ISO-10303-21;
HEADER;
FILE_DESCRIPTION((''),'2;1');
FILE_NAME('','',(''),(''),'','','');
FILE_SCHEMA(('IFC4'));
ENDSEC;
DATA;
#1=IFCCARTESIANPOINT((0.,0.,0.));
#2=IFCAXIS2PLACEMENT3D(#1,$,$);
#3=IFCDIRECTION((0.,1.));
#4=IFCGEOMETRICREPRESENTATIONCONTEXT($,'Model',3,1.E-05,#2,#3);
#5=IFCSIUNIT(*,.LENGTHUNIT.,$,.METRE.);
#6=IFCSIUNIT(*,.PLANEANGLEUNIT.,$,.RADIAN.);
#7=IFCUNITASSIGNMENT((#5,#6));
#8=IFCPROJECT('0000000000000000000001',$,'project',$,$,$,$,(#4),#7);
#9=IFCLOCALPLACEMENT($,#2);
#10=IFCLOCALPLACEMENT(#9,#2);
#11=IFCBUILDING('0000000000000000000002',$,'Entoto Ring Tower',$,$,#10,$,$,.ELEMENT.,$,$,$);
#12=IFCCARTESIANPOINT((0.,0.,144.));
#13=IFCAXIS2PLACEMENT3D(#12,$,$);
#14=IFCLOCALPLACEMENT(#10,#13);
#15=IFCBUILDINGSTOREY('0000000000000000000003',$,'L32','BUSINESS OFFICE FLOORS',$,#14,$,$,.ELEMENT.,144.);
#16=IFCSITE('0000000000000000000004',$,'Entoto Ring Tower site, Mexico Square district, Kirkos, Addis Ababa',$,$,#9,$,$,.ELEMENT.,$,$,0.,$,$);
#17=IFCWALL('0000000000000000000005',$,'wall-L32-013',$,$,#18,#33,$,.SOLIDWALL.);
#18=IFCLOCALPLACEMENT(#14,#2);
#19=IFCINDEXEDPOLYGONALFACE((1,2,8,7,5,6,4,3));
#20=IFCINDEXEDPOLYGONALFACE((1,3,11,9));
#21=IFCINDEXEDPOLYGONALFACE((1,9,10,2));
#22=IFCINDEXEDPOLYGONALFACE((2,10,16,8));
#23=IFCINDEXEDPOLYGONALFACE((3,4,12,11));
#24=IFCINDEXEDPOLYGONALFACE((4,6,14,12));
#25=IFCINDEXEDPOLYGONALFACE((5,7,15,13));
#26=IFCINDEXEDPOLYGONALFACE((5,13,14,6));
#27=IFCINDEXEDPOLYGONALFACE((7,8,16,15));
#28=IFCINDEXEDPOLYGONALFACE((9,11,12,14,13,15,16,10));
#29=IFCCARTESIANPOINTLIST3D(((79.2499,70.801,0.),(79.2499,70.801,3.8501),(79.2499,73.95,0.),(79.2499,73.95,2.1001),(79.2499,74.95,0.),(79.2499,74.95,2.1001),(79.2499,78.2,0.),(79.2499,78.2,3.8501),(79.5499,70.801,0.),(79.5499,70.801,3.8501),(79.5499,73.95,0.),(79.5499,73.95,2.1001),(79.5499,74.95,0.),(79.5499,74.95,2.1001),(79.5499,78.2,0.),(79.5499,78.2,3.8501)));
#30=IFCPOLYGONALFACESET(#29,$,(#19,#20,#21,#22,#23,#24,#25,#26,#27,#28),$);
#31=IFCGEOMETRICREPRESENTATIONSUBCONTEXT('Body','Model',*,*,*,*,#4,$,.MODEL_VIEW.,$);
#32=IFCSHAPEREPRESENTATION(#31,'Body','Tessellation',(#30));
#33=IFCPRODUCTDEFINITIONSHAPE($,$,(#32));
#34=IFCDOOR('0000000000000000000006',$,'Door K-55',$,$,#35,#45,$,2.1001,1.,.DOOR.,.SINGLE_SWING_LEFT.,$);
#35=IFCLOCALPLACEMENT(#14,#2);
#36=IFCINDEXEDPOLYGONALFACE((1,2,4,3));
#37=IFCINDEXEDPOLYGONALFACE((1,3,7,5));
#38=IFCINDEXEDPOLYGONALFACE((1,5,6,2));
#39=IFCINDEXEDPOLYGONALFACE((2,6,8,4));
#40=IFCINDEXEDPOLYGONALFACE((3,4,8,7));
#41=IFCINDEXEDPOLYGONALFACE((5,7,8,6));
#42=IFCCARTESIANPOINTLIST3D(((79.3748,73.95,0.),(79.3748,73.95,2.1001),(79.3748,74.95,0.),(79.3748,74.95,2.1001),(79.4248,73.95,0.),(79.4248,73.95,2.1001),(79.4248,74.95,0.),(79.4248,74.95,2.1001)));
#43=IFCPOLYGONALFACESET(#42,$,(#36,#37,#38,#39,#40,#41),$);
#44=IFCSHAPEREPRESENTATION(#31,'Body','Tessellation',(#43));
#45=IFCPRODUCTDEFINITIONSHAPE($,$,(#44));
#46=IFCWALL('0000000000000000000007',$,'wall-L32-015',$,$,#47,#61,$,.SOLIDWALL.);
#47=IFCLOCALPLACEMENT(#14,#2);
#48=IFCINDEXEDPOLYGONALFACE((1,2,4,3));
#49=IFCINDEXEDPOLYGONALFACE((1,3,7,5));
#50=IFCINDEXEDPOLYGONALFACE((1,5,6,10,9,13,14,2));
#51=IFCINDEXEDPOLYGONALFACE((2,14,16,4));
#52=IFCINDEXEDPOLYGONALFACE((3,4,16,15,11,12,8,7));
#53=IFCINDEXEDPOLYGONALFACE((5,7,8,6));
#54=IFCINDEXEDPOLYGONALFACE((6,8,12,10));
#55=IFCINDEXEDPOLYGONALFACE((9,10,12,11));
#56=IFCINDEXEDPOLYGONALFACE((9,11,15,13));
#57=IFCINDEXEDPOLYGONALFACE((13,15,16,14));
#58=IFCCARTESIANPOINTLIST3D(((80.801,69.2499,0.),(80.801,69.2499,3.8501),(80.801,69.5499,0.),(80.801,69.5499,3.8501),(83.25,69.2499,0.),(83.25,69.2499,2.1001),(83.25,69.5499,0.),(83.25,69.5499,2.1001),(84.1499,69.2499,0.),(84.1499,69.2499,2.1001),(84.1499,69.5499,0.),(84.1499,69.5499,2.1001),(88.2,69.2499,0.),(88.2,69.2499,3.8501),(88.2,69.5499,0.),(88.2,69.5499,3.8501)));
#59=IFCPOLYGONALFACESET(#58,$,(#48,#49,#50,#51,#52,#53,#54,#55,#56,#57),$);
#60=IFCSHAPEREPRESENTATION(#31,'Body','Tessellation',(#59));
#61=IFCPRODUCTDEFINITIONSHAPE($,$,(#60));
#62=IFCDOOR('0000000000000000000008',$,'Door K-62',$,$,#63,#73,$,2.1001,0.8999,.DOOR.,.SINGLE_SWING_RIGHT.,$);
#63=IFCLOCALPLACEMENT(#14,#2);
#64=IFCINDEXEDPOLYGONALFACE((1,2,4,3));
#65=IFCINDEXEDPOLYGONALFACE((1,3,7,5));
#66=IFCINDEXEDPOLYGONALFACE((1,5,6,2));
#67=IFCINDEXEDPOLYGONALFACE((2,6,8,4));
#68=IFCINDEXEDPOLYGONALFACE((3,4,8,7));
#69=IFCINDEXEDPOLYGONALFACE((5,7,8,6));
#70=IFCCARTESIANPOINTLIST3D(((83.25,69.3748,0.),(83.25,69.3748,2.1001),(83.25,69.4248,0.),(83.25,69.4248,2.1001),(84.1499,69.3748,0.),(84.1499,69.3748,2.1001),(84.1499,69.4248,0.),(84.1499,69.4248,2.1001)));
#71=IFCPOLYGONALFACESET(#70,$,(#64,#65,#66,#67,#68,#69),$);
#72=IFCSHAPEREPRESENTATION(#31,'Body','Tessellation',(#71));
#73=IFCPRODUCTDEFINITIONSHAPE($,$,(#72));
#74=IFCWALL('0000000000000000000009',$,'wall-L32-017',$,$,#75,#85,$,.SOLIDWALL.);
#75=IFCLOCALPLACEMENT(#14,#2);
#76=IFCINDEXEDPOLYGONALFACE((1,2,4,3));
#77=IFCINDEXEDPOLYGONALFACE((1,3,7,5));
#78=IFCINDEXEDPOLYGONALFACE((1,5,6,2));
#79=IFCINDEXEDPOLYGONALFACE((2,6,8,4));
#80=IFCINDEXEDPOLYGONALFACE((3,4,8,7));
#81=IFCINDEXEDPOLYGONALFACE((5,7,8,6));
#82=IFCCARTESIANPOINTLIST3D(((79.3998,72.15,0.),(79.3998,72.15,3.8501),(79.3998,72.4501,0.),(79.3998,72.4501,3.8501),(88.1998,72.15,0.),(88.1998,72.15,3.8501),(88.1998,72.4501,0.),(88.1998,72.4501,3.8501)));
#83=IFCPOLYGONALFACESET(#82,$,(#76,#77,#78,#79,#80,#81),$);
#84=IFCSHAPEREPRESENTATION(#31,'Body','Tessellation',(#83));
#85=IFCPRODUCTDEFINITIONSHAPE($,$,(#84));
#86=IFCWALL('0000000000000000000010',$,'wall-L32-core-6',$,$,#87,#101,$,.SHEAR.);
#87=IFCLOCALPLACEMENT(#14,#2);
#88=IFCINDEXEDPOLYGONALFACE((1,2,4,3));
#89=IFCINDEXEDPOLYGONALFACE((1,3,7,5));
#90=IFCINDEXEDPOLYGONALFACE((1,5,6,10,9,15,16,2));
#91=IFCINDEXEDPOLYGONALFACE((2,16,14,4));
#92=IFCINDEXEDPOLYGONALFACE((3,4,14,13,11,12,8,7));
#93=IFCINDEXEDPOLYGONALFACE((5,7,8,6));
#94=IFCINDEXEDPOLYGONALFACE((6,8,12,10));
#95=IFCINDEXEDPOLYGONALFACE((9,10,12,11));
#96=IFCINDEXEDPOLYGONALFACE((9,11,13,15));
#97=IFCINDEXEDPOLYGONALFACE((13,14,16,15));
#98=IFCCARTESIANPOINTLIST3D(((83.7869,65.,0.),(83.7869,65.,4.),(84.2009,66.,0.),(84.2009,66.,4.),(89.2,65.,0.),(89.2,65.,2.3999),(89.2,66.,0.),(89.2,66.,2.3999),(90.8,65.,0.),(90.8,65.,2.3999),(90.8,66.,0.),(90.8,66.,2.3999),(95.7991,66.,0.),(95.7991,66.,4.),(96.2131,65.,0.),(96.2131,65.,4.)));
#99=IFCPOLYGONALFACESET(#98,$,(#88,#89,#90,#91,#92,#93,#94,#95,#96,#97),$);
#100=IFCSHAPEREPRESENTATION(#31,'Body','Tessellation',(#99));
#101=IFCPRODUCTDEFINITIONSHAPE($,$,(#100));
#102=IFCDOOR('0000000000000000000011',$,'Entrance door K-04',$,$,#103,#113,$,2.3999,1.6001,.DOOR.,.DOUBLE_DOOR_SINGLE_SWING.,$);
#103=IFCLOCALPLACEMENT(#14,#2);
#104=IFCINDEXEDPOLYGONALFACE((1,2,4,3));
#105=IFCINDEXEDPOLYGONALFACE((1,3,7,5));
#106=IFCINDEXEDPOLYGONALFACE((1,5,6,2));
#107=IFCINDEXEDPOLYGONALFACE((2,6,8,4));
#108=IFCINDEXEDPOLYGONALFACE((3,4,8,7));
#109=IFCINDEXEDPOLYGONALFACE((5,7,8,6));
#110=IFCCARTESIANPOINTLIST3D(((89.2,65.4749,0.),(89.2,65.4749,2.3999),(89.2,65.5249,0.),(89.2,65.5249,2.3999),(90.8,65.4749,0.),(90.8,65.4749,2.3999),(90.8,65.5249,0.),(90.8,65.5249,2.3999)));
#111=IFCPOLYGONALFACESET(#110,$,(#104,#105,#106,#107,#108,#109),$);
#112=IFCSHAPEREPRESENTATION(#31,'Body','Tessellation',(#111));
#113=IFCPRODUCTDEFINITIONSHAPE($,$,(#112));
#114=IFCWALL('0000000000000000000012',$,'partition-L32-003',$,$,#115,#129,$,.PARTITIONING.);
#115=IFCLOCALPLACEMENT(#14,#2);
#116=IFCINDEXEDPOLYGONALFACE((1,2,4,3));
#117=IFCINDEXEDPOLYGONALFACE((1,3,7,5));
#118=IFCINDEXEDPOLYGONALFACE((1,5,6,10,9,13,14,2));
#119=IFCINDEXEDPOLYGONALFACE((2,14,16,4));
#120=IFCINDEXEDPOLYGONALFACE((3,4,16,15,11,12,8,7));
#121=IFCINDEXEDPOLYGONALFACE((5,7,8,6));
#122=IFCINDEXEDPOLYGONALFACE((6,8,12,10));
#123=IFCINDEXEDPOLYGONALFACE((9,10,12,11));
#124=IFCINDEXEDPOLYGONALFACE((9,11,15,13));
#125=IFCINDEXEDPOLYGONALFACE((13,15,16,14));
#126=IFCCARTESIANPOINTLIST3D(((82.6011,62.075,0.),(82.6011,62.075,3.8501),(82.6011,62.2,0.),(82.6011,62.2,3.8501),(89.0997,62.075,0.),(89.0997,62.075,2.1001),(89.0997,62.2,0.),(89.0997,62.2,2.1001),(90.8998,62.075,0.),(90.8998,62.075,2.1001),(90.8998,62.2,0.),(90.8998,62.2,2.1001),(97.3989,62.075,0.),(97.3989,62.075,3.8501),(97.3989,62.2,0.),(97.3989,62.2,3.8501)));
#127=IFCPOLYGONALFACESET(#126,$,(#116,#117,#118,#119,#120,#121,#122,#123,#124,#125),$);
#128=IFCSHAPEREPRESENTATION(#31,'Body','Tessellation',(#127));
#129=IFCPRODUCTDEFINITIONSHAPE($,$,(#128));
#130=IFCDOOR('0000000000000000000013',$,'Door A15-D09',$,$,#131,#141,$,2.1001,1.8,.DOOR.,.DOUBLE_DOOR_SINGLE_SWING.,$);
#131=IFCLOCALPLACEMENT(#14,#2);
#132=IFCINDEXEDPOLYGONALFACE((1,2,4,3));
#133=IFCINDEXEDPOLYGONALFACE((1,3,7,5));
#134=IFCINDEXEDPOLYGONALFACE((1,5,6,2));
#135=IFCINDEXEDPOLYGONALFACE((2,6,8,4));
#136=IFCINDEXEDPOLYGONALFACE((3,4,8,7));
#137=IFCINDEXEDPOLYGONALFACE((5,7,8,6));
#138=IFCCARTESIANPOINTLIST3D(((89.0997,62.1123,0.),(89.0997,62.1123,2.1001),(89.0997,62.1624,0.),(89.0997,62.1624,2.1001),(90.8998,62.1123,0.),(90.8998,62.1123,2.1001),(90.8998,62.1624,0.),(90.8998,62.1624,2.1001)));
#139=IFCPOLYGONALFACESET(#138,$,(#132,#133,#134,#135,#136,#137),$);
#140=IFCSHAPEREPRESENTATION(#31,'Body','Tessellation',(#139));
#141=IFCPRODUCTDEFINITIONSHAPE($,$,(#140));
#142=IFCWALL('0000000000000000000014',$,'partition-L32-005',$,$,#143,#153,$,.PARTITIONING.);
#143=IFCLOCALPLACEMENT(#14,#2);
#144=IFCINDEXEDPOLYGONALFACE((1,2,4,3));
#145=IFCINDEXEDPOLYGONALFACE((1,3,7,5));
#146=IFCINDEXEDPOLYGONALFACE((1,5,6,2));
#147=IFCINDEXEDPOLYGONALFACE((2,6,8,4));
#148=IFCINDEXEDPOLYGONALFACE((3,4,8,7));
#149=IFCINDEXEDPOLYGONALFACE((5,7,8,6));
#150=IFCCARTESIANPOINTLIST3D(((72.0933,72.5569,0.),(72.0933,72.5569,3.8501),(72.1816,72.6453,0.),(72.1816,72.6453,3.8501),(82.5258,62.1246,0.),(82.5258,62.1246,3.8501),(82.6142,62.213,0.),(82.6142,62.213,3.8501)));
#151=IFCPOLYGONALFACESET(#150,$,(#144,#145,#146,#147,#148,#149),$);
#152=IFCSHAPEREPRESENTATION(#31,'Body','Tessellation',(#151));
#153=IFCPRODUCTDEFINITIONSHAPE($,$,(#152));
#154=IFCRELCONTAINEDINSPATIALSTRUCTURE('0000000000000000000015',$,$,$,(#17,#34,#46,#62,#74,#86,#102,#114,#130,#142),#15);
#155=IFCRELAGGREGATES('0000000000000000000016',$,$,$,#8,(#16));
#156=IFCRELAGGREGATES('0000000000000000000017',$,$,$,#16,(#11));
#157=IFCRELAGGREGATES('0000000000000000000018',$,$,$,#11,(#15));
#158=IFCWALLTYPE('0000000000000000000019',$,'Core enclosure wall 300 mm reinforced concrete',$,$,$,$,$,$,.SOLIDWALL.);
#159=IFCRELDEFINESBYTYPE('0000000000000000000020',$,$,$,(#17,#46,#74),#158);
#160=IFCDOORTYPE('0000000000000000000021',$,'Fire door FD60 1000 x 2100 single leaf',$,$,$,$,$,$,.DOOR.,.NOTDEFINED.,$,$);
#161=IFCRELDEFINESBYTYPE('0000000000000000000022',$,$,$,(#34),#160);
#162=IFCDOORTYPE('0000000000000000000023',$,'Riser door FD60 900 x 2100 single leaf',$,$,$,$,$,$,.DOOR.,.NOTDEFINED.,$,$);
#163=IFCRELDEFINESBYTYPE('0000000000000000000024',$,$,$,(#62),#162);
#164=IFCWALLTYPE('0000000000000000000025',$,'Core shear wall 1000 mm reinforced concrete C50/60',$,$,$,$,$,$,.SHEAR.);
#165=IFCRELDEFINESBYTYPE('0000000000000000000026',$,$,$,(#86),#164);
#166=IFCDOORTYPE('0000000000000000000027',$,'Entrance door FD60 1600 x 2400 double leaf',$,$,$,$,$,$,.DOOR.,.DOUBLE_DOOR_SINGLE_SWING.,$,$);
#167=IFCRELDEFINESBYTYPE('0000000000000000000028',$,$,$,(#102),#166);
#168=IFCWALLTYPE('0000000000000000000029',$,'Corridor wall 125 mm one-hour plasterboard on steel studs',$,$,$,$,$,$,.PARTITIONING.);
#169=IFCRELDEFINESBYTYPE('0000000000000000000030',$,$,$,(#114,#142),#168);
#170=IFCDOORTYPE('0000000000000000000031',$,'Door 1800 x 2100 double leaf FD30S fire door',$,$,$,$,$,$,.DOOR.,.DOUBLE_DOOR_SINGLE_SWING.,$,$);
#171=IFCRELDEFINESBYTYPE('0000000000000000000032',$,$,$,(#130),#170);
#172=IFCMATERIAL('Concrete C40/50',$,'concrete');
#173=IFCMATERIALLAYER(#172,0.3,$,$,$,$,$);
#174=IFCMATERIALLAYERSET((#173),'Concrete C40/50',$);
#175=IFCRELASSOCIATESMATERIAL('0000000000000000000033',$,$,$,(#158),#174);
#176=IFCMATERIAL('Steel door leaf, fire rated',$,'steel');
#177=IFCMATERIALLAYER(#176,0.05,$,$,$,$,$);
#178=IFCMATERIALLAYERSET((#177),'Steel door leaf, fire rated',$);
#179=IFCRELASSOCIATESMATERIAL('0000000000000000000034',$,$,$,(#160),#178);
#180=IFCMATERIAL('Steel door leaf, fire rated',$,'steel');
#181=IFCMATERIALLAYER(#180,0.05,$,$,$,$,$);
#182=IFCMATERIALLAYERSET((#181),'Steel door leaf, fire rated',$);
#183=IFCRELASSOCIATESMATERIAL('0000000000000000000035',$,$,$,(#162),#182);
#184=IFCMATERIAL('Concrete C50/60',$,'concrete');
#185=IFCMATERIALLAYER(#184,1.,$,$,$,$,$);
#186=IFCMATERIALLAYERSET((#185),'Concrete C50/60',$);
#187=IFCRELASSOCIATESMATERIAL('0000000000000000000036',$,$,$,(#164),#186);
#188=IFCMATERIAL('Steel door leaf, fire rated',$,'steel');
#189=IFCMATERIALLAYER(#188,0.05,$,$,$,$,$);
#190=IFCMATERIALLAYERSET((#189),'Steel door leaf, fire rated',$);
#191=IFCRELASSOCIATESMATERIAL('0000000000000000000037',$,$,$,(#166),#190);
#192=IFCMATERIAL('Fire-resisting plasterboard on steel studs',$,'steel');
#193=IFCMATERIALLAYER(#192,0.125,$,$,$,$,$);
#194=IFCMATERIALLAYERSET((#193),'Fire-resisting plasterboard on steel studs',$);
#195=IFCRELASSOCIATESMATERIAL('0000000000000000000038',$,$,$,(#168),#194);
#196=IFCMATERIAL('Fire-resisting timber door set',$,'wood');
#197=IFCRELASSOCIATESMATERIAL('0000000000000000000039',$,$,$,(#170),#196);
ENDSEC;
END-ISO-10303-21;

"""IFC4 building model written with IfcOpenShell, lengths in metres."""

from ifc_helpers import new_model, si_unit, direction, frame, frame_2d, origin, place, context, subcontext, project, spatial, polyline, rectangle, outline, extrude, material, layer, layer_set, type_object, element, fill, save


model = new_model("IFC4")

# Units and contexts
model_context = context("Model", 3, precision=1e-05, world=origin(), true_north=direction((0.0, 1.0)))
body_context = subcontext(model_context, "Body", "Model", "MODEL_VIEW")
ifc_project = project(units=[si_unit("LENGTHUNIT", "METRE"), si_unit("PLANEANGLEUNIT", "RADIAN")], contexts=[model_context])

# Site, building, storey
site_placement = place(None, origin())
site = spatial("IfcSite", under=ifc_project, at=site_placement, Name="Entoto Ring Tower site, Mexico Square district, Kirkos, Addis Ababa", CompositionType="ELEMENT", RefElevation=0.0)
building_placement = place(site_placement, origin())
building = spatial("IfcBuilding", under=site, at=building_placement, Name="Entoto Ring Tower", CompositionType="ELEMENT")
storey_placement = place(building_placement, frame((0.0, 0.0, 144.0)))
storey = spatial("IfcBuildingStorey", under=building, at=storey_placement, Name="L32", Description="BUSINESS OFFICE FLOORS", CompositionType="ELEMENT", Elevation=144.0)

# Walls, openings, doors
ifc_material_1 = material(Name="Concrete C40/50", Category="concrete")
ifc_layer_1 = layer(ifc_material_1, 0.3)
ifc_layer_set_1 = layer_set([ifc_layer_1], Name="Concrete C40/50")
wall_type_1 = type_object("IfcWallType", Name="Core enclosure wall 300 mm reinforced concrete", PredefinedType="SOLIDWALL", material=ifc_layer_set_1)
wall_1_placement = place(storey_placement, frame((79.3999, 70.801, 0.0), z_axis=(0.0, 0.0, 1.0), x_axis=(0.0, 1.0, 0.0)))
wall_1 = element("IfcWall", 1, at=wall_1_placement, inside=storey, type_object=wall_type_1, Name="wall-L32-013", PredefinedType="SOLIDWALL", context=body_context, shape_type="SweptSolid", body=[
    extrude(rectangle(XDim=7.3989, YDim=0.3, at=frame_2d((3.6995, 0.0))), origin(), (0.0, 0.0, 1.0), 3.8501),
])
opening_1_placement = place(wall_1_placement, frame((3.1489, 0.0, 0.0)))
opening_1 = element("IfcOpeningElement", 2, at=opening_1_placement, cuts=wall_1, PredefinedType="OPENING", context=body_context, shape_type="SweptSolid", body=[
    extrude(rectangle(XDim=1.0, YDim=2.1001, at=frame_2d((0.5, 1.05))), frame((0.0, 0.1602, 0.0), z_axis=(0.0, -1.0, 0.0), x_axis=(1.0, 0.0, 0.0)), (0.0, 0.0, 1.0), 0.3201),
])
ifc_material_2 = material(Name="Steel door leaf, fire rated", Category="steel")
ifc_layer_2 = layer(ifc_material_2, 0.05)
ifc_layer_set_2 = layer_set([ifc_layer_2], Name="Steel door leaf, fire rated")
door_type_1 = type_object("IfcDoorType", Name="Fire door FD60 1000 x 2100 single leaf", OperationType="NOTDEFINED", PredefinedType="DOOR", material=ifc_layer_set_2)
door_1_placement = place(opening_1_placement, frame((1.0, 0.0, 0.0), z_axis=(0.0, 0.0, 1.0), x_axis=(-1.0, 0.0, 0.0)))
door_1 = element("IfcDoor", 3, at=door_1_placement, inside=storey, type_object=door_type_1, Name="Door K-55", OperationType="SINGLE_SWING_LEFT", OverallHeight=2.1001, OverallWidth=1.0, PredefinedType="DOOR", context=body_context, shape_type="SweptSolid", body=[
    extrude(rectangle(XDim=1.0, YDim=2.1001, at=frame_2d((0.5, 1.05))), frame((0.0, 0.0249, 0.0), z_axis=(0.0, -1.0, 0.0), x_axis=(1.0, 0.0, 0.0)), (0.0, 0.0, 1.0), 0.05),
])
fill(opening_1, door_1)
wall_2_placement = place(storey_placement, frame((80.801, 69.3999, 0.0), z_axis=(0.0, 0.0, 1.0), x_axis=(1.0, 0.0, 0.0)))
wall_2 = element("IfcWall", 4, at=wall_2_placement, inside=storey, type_object=wall_type_1, Name="wall-L32-015", PredefinedType="SOLIDWALL", context=body_context, shape_type="SweptSolid", body=[
    extrude(rectangle(XDim=7.3989, YDim=0.3, at=frame_2d((3.6995, 0.0))), origin(), (0.0, 0.0, 1.0), 3.8501),
])
opening_2_placement = place(wall_2_placement, frame((2.449, 0.0, 0.0)))
opening_2 = element("IfcOpeningElement", 5, at=opening_2_placement, cuts=wall_2, PredefinedType="OPENING", context=body_context, shape_type="SweptSolid", body=[
    extrude(rectangle(XDim=0.8999, YDim=2.1001, at=frame_2d((0.45, 1.05))), frame((0.0, 0.1602, 0.0), z_axis=(0.0, -1.0, 0.0), x_axis=(1.0, 0.0, 0.0)), (0.0, 0.0, 1.0), 0.3201),
])
ifc_material_3 = material(Name="Steel door leaf, fire rated", Category="steel")
ifc_layer_3 = layer(ifc_material_3, 0.05)
ifc_layer_set_3 = layer_set([ifc_layer_3], Name="Steel door leaf, fire rated")
door_type_2 = type_object("IfcDoorType", Name="Riser door FD60 900 x 2100 single leaf", OperationType="NOTDEFINED", PredefinedType="DOOR", material=ifc_layer_set_3)
door_2_placement = place(opening_2_placement, origin())
door_2 = element("IfcDoor", 6, at=door_2_placement, inside=storey, type_object=door_type_2, Name="Door K-62", OperationType="SINGLE_SWING_RIGHT", OverallHeight=2.1001, OverallWidth=0.8999, PredefinedType="DOOR", context=body_context, shape_type="SweptSolid", body=[
    extrude(rectangle(XDim=0.8999, YDim=2.1001, at=frame_2d((0.45, 1.05))), frame((0.0, 0.0249, 0.0), z_axis=(0.0, -1.0, 0.0), x_axis=(1.0, 0.0, 0.0)), (0.0, 0.0, 1.0), 0.05),
])
fill(opening_2, door_2)

# Wall
wall_3_placement = place(storey_placement, frame((79.3999, 72.3, 0.0), z_axis=(0.0, 0.0, 1.0), x_axis=(1.0, 0.0, 0.0)))
element("IfcWall", 7, at=wall_3_placement, inside=storey, type_object=wall_type_1, Name="wall-L32-017", PredefinedType="SOLIDWALL", context=body_context, shape_type="SweptSolid", body=[
    extrude(rectangle(XDim=8.8, YDim=0.3, at=frame_2d((4.3999, 0.0))), origin(), (0.0, 0.0, 1.0), 3.8501),
])

# Walls, openings, doors
ifc_material_4 = material(Name="Concrete C50/60", Category="concrete")
ifc_layer_4 = layer(ifc_material_4, 1.0)
ifc_layer_set_4 = layer_set([ifc_layer_4], Name="Concrete C50/60")
wall_type_2 = type_object("IfcWallType", Name="Core shear wall 1000 mm reinforced concrete C50/60", PredefinedType="SHEAR", material=ifc_layer_set_4)
wall_4_placement = place(storey_placement, frame((83.9939, 65.5, 0.0), z_axis=(0.0, 0.0, 1.0), x_axis=(1.0, 0.0, 0.0)))
wall_4 = element("IfcWall", 8, at=wall_4_placement, inside=storey, type_object=wall_type_2, Name="wall-L32-core-6", PredefinedType="SHEAR", context=body_context, shape_type="SweptSolid", body=[
    extrude(outline(polyline([(-0.207, -0.5), (12.2192, -0.5), (11.8052, 0.5), (0.207, 0.5), (-0.207, -0.5)])), origin(), (0.0, 0.0, 1.0), 4.0),
])
opening_3_placement = place(wall_4_placement, frame((5.2061, 0.0, 0.0)))
opening_3 = element("IfcOpeningElement", 9, at=opening_3_placement, cuts=wall_4, PredefinedType="OPENING", context=body_context, shape_type="SweptSolid", body=[
    extrude(rectangle(XDim=1.6001, YDim=2.3999, at=frame_2d((0.8, 1.2))), frame((0.0, 0.51, 0.0), z_axis=(0.0, -1.0, 0.0), x_axis=(1.0, 0.0, 0.0)), (0.0, 0.0, 1.0), 1.02),
])
ifc_material_5 = material(Name="Steel door leaf, fire rated", Category="steel")
ifc_layer_5 = layer(ifc_material_5, 0.05)
ifc_layer_set_5 = layer_set([ifc_layer_5], Name="Steel door leaf, fire rated")
door_type_3 = type_object("IfcDoorType", Name="Entrance door FD60 1600 x 2400 double leaf", OperationType="DOUBLE_DOOR_SINGLE_SWING", PredefinedType="DOOR", material=ifc_layer_set_5)
door_3_placement = place(opening_3_placement, origin())
door_3 = element("IfcDoor", 10, at=door_3_placement, inside=storey, type_object=door_type_3, Name="Entrance door K-04", OperationType="DOUBLE_DOOR_SINGLE_SWING", OverallHeight=2.3999, OverallWidth=1.6001, PredefinedType="DOOR", context=body_context, shape_type="SweptSolid", body=[
    extrude(rectangle(XDim=1.6001, YDim=2.3999, at=frame_2d((0.8, 1.2))), frame((0.0, 0.0249, 0.0), z_axis=(0.0, -1.0, 0.0), x_axis=(1.0, 0.0, 0.0)), (0.0, 0.0, 1.0), 0.05),
])
fill(opening_3, door_3)
ifc_material_6 = material(Name="Fire-resisting plasterboard on steel studs", Category="steel")
ifc_layer_6 = layer(ifc_material_6, 0.125)
ifc_layer_set_6 = layer_set([ifc_layer_6], Name="Fire-resisting plasterboard on steel studs")
wall_type_3 = type_object("IfcWallType", Name="Corridor wall 125 mm one-hour plasterboard on steel studs", PredefinedType="PARTITIONING", material=ifc_layer_set_6)
wall_5_placement = place(storey_placement, frame((82.6011, 62.1375, 0.0), z_axis=(0.0, 0.0, 1.0), x_axis=(1.0, 0.0, 0.0)))
wall_5 = element("IfcWall", 11, at=wall_5_placement, inside=storey, type_object=wall_type_3, Name="partition-L32-003", PredefinedType="PARTITIONING", context=body_context, shape_type="SweptSolid", body=[
    extrude(rectangle(XDim=14.7979, YDim=0.125, at=frame_2d((7.3989, 0.0))), origin(), (0.0, 0.0, 1.0), 3.8501),
])
opening_4_placement = place(wall_5_placement, frame((6.4988, 0.0, 0.0)))
opening_4 = element("IfcOpeningElement", 12, at=opening_4_placement, cuts=wall_5, PredefinedType="OPENING", context=body_context, shape_type="SweptSolid", body=[
    extrude(rectangle(XDim=1.8, YDim=2.1001, at=frame_2d((0.8999, 1.05))), frame((0.0, 0.0725, 0.0), z_axis=(0.0, -1.0, 0.0), x_axis=(1.0, 0.0, 0.0)), (0.0, 0.0, 1.0), 0.145),
])
ifc_material_7 = material(Name="Fire-resisting timber door set", Category="wood")
door_type_4 = type_object("IfcDoorType", Name="Door 1800 x 2100 double leaf FD30S fire door", OperationType="DOUBLE_DOOR_SINGLE_SWING", PredefinedType="DOOR", material=ifc_material_7)
door_4_placement = place(opening_4_placement, origin())
door_4 = element("IfcDoor", 13, at=door_4_placement, inside=storey, type_object=door_type_4, Name="Door A15-D09", OperationType="DOUBLE_DOOR_SINGLE_SWING", OverallHeight=2.1001, OverallWidth=1.8, PredefinedType="DOOR", context=body_context, shape_type="SweptSolid", body=[
    extrude(rectangle(XDim=1.8, YDim=2.1001, at=frame_2d((0.8999, 1.05))), frame((0.0, 0.0249, 0.0), z_axis=(0.0, -1.0, 0.0), x_axis=(1.0, 0.0, 0.0)), (0.0, 0.0, 1.0), 0.05),
])
fill(opening_4, door_4)

# Wall
wall_6_placement = place(storey_placement, frame((82.5701, 62.1687, 0.0), z_axis=(0.0, 0.0, 1.0), x_axis=(-0.707115, 0.707099, 0.0)))
element("IfcWall", 14, at=wall_6_placement, inside=storey, type_object=wall_type_3, Name="partition-L32-005", PredefinedType="PARTITIONING", context=body_context, shape_type="SweptSolid", body=[
    extrude(rectangle(XDim=14.7537, YDim=0.125, at=frame_2d((7.377, 0.0))), origin(), (0.0, 0.0, 1.0), 3.8501),
])

save(model, "model.ifc")
